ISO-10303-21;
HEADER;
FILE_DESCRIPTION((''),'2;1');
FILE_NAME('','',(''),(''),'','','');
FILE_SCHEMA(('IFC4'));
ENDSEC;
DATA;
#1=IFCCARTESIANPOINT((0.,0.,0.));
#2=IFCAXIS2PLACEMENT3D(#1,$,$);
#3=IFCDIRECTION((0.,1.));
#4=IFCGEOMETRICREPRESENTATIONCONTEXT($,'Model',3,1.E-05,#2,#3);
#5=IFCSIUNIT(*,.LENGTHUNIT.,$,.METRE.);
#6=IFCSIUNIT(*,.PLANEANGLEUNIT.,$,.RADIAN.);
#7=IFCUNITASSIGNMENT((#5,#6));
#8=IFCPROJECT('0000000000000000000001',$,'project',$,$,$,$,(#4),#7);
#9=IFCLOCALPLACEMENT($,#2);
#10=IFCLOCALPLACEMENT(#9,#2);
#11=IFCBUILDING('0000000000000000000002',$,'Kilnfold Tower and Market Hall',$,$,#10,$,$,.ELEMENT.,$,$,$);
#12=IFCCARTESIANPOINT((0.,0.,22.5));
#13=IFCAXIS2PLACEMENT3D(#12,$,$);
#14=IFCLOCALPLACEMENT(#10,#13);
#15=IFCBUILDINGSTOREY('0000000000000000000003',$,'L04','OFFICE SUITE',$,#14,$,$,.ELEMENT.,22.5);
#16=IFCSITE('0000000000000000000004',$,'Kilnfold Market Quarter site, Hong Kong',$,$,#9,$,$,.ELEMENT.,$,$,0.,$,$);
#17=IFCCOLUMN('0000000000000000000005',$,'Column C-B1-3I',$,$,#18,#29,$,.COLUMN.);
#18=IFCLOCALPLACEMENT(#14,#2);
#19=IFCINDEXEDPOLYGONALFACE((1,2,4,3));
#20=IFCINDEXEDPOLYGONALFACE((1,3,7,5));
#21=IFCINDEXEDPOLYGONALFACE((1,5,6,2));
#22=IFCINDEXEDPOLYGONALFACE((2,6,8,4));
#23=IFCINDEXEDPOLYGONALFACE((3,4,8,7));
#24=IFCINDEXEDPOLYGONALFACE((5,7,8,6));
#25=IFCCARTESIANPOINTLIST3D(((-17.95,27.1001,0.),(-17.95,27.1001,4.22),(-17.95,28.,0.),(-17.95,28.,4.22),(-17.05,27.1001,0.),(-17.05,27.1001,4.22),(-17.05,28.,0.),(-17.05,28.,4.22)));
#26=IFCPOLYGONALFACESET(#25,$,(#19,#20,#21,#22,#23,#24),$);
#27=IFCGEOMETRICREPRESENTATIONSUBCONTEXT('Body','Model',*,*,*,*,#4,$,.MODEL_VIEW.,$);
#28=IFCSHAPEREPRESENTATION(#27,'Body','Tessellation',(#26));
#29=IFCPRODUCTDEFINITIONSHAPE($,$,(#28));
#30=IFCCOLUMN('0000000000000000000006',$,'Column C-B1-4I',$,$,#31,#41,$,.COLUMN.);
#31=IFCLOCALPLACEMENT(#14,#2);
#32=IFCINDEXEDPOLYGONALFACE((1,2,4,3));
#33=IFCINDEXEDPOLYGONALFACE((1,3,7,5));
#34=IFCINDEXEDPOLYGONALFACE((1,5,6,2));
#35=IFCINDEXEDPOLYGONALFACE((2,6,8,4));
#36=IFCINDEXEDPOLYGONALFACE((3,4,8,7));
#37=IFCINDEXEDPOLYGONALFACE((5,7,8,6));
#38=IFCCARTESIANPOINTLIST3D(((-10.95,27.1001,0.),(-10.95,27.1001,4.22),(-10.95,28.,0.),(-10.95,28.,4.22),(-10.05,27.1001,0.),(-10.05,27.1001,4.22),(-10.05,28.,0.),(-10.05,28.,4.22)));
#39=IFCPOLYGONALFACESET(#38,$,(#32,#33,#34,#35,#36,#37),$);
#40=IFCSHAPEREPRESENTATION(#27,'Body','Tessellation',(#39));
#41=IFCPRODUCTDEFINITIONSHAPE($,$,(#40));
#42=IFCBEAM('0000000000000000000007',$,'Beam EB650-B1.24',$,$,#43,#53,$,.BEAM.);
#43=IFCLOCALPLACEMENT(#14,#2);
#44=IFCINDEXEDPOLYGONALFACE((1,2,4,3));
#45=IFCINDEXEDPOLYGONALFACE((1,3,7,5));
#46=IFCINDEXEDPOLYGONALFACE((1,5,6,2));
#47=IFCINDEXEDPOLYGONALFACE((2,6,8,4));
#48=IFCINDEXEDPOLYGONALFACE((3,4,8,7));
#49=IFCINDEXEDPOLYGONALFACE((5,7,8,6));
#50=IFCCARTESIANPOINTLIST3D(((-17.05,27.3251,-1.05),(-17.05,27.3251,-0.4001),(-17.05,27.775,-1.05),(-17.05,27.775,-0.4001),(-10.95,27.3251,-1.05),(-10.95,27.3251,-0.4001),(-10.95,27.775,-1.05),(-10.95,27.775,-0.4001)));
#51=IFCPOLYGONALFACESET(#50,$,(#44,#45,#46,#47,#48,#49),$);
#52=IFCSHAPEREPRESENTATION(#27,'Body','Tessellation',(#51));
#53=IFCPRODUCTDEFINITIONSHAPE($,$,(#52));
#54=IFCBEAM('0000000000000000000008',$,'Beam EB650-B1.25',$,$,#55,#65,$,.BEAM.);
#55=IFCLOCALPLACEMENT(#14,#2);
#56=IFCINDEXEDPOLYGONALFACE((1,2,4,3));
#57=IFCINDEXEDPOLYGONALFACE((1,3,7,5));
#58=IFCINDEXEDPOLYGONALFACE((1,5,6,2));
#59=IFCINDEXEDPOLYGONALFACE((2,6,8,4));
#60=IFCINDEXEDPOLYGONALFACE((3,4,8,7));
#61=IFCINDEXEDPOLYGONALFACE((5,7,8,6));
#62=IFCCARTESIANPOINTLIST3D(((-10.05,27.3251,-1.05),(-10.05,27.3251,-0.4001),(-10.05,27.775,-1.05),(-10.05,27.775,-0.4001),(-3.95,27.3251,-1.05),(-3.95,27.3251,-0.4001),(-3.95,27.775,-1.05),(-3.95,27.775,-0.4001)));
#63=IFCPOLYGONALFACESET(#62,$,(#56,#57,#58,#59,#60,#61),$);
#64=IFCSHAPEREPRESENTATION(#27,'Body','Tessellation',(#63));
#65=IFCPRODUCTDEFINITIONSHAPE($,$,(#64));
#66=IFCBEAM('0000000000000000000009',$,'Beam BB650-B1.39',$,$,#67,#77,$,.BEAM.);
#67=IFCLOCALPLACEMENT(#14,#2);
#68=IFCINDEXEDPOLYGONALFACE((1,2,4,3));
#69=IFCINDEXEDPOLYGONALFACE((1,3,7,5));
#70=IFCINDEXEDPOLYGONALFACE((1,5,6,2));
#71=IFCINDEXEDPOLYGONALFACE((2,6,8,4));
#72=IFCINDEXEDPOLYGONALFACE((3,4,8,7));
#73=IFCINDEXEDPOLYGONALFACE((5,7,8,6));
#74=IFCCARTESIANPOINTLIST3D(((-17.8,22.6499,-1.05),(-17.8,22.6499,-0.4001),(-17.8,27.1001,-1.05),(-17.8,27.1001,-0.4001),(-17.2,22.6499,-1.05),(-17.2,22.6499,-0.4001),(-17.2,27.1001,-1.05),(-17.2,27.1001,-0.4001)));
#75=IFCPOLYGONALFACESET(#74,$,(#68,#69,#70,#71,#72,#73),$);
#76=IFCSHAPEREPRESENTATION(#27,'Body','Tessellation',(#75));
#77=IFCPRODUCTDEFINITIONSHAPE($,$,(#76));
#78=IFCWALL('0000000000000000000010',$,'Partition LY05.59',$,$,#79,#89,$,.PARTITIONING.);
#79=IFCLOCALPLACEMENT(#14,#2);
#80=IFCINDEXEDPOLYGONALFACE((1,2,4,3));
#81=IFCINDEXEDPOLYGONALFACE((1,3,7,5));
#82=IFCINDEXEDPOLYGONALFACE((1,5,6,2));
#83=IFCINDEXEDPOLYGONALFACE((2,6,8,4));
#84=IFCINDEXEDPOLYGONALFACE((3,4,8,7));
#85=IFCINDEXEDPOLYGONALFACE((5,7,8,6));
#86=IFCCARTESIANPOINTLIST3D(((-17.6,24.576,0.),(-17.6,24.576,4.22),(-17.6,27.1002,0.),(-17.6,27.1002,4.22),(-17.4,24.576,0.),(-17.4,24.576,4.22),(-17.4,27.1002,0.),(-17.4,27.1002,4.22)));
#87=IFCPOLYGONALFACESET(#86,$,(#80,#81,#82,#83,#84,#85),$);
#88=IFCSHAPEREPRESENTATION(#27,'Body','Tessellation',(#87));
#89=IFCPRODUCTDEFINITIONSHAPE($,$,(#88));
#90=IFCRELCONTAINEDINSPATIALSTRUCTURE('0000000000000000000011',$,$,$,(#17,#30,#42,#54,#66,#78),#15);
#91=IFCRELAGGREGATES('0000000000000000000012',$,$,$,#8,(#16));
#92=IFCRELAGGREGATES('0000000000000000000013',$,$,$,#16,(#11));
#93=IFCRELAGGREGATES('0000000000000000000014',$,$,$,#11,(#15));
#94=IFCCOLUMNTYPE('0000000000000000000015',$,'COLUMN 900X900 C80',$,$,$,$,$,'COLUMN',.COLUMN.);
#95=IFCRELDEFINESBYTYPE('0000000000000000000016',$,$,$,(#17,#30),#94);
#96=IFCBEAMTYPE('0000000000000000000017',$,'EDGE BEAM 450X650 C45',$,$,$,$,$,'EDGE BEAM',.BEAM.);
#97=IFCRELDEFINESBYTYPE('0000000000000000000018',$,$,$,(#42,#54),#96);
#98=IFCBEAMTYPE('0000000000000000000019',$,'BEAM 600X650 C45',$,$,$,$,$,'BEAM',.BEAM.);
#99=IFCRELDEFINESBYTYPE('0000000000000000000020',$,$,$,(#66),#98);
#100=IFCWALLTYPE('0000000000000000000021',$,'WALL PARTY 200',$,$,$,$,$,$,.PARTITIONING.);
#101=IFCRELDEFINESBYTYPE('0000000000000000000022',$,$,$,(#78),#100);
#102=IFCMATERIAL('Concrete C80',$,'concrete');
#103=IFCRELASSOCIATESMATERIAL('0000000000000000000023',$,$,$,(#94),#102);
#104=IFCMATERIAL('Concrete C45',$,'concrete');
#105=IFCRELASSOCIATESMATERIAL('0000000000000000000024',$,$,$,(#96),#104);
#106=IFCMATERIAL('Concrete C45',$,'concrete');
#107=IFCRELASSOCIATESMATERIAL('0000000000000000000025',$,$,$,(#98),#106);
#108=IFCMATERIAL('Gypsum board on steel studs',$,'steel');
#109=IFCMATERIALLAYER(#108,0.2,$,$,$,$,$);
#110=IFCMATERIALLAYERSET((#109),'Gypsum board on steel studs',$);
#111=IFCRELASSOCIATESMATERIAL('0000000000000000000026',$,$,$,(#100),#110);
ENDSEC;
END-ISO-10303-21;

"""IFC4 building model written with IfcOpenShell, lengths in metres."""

from ifc_helpers import new_model, si_unit, direction, frame, frame_2d, origin, origin_2d, place, context, subcontext, project, spatial, rectangle, extrude, source, transform, mapped, material, layer, layer_set, material_profile, profile_set, type_object, element, save


model = new_model("IFC4")

# Units and contexts
model_context = context("Model", 3, precision=1e-05, world=origin(), true_north=direction((0.0, 1.0)))
body_context = subcontext(model_context, "Body", "Model", "MODEL_VIEW")
ifc_project = project(units=[si_unit("LENGTHUNIT", "METRE"), si_unit("PLANEANGLEUNIT", "RADIAN")], contexts=[model_context])

# Site, building, storey
site_placement = place(None, origin())
site = spatial("IfcSite", under=ifc_project, at=site_placement, Name="Kilnfold Market Quarter site, Hong Kong", CompositionType="ELEMENT", RefElevation=0.0)
building_placement = place(site_placement, origin())
building = spatial("IfcBuilding", under=site, at=building_placement, Name="Kilnfold Tower and Market Hall", CompositionType="ELEMENT")
storey_placement = place(building_placement, frame((0.0, 0.0, 22.5)))
storey = spatial("IfcBuildingStorey", under=building, at=storey_placement, Name="L04", Description="OFFICE SUITE", CompositionType="ELEMENT", Elevation=22.5)

# Columns
ifc_material_1 = material(Name="Concrete C80", Category="concrete")
ifc_material_profile_1 = material_profile(ifc_material_1, rectangle(XDim=0.8999, YDim=0.8999, at=origin_2d()), Name="RC 900x900")
ifc_profile_set_1 = profile_set([ifc_material_profile_1], Name="Concrete C80")
column_type = type_object("IfcColumnType", Name="COLUMN 900X900 C80", ElementType="COLUMN", PredefinedType="COLUMN", material=ifc_profile_set_1)
shared_shape_1 = source(origin(), body_context, "Body", "SweptSolid", [
    extrude(rectangle(XDim=0.8999, YDim=0.8999, at=origin_2d()), origin(), (0.0, 0.0, 1.0), 4.22),
])
for number, where, z_axis, x_axis, name in (
    (1, (-17.5, 27.55, 0.0), (0.0, 0.0, 1.0), (1.0, 0.0, 0.0), "Column C-B1-3I"),
    (2, (-10.5, 27.55, 0.0), (0.0, 0.0, 1.0), (1.0, 0.0, 0.0), "Column C-B1-4I"),
):
    element("IfcColumn", number, at=place(storey_placement, frame(where, z_axis=z_axis, x_axis=x_axis)), inside=storey, type_object=column_type, Name=name, PredefinedType="COLUMN", context=body_context, shape_type="MappedRepresentation", body=[
        mapped(shared_shape_1, transform((0.0, 0.0, 0.0))),
    ])

# Beams
ifc_material_2 = material(Name="Concrete C45", Category="concrete")
ifc_material_profile_2 = material_profile(ifc_material_2, rectangle(XDim=0.45, YDim=0.6499, at=origin_2d()), Name="RC 450x650")
ifc_profile_set_2 = profile_set([ifc_material_profile_2], Name="Concrete C45")
beam_type_1 = type_object("IfcBeamType", Name="EDGE BEAM 450X650 C45", ElementType="EDGE BEAM", PredefinedType="BEAM", material=ifc_profile_set_2)
shared_shape_2 = source(origin(), body_context, "Body", "SweptSolid", [
    extrude(rectangle(XDim=0.45, YDim=0.6499, at=origin_2d()), origin(), (0.0, 0.0, 1.0), 6.1001),
])
for number, where, z_axis, x_axis, name in (
    (3, (-17.05, 27.55, -0.7251), (1.0, 0.0, 0.0), (0.0, 1.0, 0.0), "Beam EB650-B1.24"),
    (4, (-10.05, 27.55, -0.7251), (1.0, 0.0, 0.0), (0.0, 1.0, 0.0), "Beam EB650-B1.25"),
):
    element("IfcBeam", number, at=place(storey_placement, frame(where, z_axis=z_axis, x_axis=x_axis)), inside=storey, type_object=beam_type_1, Name=name, PredefinedType="BEAM", context=body_context, shape_type="MappedRepresentation", body=[
        mapped(shared_shape_2, transform((0.0, 0.0, 0.0))),
    ])
ifc_material_3 = material(Name="Concrete C45", Category="concrete")
ifc_material_profile_3 = material_profile(ifc_material_3, rectangle(XDim=0.6001, YDim=0.6499, at=origin_2d()), Name="RC 600x650")
ifc_profile_set_3 = profile_set([ifc_material_profile_3], Name="Concrete C45")
beam_type_2 = type_object("IfcBeamType", Name="BEAM 600X650 C45", ElementType="BEAM", PredefinedType="BEAM", material=ifc_profile_set_3)
shared_shape_3 = source(origin(), body_context, "Body", "SweptSolid", [
    extrude(rectangle(XDim=0.6001, YDim=0.6499, at=origin_2d()), origin(), (0.0, 0.0, 1.0), 4.4502),
])
beam_placement = place(storey_placement, frame((-17.5, 22.6499, -0.7251), z_axis=(0.0, 1.0, 0.0), x_axis=(-1.0, 0.0, 0.0)))
element("IfcBeam", 5, at=beam_placement, inside=storey, type_object=beam_type_2, Name="Beam BB650-B1.39", PredefinedType="BEAM", context=body_context, shape_type="MappedRepresentation", body=[
    mapped(shared_shape_3, transform((0.0, 0.0, 0.0))),
])

# Wall
ifc_material_4 = material(Name="Gypsum board on steel studs", Category="steel")
ifc_layer_1 = layer(ifc_material_4, 0.2)
ifc_layer_set_1 = layer_set([ifc_layer_1], Name="Gypsum board on steel studs")
wall_type_1 = type_object("IfcWallType", Name="WALL PARTY 200", PredefinedType="PARTITIONING", material=ifc_layer_set_1)
wall_1_placement = place(storey_placement, frame((-17.5, 24.5759, 0.0), z_axis=(0.0, 0.0, 1.0), x_axis=(0.0, 1.0, 0.0)))
element("IfcWall", 6, at=wall_1_placement, inside=storey, type_object=wall_type_1, Name="Partition LY05.59", PredefinedType="PARTITIONING", context=body_context, shape_type="SweptSolid", body=[
    extrude(rectangle(XDim=2.5242, YDim=0.2, at=frame_2d((1.2622, 0.0))), origin(), (0.0, 0.0, 1.0), 4.22),
])

save(model, "model.ifc")
